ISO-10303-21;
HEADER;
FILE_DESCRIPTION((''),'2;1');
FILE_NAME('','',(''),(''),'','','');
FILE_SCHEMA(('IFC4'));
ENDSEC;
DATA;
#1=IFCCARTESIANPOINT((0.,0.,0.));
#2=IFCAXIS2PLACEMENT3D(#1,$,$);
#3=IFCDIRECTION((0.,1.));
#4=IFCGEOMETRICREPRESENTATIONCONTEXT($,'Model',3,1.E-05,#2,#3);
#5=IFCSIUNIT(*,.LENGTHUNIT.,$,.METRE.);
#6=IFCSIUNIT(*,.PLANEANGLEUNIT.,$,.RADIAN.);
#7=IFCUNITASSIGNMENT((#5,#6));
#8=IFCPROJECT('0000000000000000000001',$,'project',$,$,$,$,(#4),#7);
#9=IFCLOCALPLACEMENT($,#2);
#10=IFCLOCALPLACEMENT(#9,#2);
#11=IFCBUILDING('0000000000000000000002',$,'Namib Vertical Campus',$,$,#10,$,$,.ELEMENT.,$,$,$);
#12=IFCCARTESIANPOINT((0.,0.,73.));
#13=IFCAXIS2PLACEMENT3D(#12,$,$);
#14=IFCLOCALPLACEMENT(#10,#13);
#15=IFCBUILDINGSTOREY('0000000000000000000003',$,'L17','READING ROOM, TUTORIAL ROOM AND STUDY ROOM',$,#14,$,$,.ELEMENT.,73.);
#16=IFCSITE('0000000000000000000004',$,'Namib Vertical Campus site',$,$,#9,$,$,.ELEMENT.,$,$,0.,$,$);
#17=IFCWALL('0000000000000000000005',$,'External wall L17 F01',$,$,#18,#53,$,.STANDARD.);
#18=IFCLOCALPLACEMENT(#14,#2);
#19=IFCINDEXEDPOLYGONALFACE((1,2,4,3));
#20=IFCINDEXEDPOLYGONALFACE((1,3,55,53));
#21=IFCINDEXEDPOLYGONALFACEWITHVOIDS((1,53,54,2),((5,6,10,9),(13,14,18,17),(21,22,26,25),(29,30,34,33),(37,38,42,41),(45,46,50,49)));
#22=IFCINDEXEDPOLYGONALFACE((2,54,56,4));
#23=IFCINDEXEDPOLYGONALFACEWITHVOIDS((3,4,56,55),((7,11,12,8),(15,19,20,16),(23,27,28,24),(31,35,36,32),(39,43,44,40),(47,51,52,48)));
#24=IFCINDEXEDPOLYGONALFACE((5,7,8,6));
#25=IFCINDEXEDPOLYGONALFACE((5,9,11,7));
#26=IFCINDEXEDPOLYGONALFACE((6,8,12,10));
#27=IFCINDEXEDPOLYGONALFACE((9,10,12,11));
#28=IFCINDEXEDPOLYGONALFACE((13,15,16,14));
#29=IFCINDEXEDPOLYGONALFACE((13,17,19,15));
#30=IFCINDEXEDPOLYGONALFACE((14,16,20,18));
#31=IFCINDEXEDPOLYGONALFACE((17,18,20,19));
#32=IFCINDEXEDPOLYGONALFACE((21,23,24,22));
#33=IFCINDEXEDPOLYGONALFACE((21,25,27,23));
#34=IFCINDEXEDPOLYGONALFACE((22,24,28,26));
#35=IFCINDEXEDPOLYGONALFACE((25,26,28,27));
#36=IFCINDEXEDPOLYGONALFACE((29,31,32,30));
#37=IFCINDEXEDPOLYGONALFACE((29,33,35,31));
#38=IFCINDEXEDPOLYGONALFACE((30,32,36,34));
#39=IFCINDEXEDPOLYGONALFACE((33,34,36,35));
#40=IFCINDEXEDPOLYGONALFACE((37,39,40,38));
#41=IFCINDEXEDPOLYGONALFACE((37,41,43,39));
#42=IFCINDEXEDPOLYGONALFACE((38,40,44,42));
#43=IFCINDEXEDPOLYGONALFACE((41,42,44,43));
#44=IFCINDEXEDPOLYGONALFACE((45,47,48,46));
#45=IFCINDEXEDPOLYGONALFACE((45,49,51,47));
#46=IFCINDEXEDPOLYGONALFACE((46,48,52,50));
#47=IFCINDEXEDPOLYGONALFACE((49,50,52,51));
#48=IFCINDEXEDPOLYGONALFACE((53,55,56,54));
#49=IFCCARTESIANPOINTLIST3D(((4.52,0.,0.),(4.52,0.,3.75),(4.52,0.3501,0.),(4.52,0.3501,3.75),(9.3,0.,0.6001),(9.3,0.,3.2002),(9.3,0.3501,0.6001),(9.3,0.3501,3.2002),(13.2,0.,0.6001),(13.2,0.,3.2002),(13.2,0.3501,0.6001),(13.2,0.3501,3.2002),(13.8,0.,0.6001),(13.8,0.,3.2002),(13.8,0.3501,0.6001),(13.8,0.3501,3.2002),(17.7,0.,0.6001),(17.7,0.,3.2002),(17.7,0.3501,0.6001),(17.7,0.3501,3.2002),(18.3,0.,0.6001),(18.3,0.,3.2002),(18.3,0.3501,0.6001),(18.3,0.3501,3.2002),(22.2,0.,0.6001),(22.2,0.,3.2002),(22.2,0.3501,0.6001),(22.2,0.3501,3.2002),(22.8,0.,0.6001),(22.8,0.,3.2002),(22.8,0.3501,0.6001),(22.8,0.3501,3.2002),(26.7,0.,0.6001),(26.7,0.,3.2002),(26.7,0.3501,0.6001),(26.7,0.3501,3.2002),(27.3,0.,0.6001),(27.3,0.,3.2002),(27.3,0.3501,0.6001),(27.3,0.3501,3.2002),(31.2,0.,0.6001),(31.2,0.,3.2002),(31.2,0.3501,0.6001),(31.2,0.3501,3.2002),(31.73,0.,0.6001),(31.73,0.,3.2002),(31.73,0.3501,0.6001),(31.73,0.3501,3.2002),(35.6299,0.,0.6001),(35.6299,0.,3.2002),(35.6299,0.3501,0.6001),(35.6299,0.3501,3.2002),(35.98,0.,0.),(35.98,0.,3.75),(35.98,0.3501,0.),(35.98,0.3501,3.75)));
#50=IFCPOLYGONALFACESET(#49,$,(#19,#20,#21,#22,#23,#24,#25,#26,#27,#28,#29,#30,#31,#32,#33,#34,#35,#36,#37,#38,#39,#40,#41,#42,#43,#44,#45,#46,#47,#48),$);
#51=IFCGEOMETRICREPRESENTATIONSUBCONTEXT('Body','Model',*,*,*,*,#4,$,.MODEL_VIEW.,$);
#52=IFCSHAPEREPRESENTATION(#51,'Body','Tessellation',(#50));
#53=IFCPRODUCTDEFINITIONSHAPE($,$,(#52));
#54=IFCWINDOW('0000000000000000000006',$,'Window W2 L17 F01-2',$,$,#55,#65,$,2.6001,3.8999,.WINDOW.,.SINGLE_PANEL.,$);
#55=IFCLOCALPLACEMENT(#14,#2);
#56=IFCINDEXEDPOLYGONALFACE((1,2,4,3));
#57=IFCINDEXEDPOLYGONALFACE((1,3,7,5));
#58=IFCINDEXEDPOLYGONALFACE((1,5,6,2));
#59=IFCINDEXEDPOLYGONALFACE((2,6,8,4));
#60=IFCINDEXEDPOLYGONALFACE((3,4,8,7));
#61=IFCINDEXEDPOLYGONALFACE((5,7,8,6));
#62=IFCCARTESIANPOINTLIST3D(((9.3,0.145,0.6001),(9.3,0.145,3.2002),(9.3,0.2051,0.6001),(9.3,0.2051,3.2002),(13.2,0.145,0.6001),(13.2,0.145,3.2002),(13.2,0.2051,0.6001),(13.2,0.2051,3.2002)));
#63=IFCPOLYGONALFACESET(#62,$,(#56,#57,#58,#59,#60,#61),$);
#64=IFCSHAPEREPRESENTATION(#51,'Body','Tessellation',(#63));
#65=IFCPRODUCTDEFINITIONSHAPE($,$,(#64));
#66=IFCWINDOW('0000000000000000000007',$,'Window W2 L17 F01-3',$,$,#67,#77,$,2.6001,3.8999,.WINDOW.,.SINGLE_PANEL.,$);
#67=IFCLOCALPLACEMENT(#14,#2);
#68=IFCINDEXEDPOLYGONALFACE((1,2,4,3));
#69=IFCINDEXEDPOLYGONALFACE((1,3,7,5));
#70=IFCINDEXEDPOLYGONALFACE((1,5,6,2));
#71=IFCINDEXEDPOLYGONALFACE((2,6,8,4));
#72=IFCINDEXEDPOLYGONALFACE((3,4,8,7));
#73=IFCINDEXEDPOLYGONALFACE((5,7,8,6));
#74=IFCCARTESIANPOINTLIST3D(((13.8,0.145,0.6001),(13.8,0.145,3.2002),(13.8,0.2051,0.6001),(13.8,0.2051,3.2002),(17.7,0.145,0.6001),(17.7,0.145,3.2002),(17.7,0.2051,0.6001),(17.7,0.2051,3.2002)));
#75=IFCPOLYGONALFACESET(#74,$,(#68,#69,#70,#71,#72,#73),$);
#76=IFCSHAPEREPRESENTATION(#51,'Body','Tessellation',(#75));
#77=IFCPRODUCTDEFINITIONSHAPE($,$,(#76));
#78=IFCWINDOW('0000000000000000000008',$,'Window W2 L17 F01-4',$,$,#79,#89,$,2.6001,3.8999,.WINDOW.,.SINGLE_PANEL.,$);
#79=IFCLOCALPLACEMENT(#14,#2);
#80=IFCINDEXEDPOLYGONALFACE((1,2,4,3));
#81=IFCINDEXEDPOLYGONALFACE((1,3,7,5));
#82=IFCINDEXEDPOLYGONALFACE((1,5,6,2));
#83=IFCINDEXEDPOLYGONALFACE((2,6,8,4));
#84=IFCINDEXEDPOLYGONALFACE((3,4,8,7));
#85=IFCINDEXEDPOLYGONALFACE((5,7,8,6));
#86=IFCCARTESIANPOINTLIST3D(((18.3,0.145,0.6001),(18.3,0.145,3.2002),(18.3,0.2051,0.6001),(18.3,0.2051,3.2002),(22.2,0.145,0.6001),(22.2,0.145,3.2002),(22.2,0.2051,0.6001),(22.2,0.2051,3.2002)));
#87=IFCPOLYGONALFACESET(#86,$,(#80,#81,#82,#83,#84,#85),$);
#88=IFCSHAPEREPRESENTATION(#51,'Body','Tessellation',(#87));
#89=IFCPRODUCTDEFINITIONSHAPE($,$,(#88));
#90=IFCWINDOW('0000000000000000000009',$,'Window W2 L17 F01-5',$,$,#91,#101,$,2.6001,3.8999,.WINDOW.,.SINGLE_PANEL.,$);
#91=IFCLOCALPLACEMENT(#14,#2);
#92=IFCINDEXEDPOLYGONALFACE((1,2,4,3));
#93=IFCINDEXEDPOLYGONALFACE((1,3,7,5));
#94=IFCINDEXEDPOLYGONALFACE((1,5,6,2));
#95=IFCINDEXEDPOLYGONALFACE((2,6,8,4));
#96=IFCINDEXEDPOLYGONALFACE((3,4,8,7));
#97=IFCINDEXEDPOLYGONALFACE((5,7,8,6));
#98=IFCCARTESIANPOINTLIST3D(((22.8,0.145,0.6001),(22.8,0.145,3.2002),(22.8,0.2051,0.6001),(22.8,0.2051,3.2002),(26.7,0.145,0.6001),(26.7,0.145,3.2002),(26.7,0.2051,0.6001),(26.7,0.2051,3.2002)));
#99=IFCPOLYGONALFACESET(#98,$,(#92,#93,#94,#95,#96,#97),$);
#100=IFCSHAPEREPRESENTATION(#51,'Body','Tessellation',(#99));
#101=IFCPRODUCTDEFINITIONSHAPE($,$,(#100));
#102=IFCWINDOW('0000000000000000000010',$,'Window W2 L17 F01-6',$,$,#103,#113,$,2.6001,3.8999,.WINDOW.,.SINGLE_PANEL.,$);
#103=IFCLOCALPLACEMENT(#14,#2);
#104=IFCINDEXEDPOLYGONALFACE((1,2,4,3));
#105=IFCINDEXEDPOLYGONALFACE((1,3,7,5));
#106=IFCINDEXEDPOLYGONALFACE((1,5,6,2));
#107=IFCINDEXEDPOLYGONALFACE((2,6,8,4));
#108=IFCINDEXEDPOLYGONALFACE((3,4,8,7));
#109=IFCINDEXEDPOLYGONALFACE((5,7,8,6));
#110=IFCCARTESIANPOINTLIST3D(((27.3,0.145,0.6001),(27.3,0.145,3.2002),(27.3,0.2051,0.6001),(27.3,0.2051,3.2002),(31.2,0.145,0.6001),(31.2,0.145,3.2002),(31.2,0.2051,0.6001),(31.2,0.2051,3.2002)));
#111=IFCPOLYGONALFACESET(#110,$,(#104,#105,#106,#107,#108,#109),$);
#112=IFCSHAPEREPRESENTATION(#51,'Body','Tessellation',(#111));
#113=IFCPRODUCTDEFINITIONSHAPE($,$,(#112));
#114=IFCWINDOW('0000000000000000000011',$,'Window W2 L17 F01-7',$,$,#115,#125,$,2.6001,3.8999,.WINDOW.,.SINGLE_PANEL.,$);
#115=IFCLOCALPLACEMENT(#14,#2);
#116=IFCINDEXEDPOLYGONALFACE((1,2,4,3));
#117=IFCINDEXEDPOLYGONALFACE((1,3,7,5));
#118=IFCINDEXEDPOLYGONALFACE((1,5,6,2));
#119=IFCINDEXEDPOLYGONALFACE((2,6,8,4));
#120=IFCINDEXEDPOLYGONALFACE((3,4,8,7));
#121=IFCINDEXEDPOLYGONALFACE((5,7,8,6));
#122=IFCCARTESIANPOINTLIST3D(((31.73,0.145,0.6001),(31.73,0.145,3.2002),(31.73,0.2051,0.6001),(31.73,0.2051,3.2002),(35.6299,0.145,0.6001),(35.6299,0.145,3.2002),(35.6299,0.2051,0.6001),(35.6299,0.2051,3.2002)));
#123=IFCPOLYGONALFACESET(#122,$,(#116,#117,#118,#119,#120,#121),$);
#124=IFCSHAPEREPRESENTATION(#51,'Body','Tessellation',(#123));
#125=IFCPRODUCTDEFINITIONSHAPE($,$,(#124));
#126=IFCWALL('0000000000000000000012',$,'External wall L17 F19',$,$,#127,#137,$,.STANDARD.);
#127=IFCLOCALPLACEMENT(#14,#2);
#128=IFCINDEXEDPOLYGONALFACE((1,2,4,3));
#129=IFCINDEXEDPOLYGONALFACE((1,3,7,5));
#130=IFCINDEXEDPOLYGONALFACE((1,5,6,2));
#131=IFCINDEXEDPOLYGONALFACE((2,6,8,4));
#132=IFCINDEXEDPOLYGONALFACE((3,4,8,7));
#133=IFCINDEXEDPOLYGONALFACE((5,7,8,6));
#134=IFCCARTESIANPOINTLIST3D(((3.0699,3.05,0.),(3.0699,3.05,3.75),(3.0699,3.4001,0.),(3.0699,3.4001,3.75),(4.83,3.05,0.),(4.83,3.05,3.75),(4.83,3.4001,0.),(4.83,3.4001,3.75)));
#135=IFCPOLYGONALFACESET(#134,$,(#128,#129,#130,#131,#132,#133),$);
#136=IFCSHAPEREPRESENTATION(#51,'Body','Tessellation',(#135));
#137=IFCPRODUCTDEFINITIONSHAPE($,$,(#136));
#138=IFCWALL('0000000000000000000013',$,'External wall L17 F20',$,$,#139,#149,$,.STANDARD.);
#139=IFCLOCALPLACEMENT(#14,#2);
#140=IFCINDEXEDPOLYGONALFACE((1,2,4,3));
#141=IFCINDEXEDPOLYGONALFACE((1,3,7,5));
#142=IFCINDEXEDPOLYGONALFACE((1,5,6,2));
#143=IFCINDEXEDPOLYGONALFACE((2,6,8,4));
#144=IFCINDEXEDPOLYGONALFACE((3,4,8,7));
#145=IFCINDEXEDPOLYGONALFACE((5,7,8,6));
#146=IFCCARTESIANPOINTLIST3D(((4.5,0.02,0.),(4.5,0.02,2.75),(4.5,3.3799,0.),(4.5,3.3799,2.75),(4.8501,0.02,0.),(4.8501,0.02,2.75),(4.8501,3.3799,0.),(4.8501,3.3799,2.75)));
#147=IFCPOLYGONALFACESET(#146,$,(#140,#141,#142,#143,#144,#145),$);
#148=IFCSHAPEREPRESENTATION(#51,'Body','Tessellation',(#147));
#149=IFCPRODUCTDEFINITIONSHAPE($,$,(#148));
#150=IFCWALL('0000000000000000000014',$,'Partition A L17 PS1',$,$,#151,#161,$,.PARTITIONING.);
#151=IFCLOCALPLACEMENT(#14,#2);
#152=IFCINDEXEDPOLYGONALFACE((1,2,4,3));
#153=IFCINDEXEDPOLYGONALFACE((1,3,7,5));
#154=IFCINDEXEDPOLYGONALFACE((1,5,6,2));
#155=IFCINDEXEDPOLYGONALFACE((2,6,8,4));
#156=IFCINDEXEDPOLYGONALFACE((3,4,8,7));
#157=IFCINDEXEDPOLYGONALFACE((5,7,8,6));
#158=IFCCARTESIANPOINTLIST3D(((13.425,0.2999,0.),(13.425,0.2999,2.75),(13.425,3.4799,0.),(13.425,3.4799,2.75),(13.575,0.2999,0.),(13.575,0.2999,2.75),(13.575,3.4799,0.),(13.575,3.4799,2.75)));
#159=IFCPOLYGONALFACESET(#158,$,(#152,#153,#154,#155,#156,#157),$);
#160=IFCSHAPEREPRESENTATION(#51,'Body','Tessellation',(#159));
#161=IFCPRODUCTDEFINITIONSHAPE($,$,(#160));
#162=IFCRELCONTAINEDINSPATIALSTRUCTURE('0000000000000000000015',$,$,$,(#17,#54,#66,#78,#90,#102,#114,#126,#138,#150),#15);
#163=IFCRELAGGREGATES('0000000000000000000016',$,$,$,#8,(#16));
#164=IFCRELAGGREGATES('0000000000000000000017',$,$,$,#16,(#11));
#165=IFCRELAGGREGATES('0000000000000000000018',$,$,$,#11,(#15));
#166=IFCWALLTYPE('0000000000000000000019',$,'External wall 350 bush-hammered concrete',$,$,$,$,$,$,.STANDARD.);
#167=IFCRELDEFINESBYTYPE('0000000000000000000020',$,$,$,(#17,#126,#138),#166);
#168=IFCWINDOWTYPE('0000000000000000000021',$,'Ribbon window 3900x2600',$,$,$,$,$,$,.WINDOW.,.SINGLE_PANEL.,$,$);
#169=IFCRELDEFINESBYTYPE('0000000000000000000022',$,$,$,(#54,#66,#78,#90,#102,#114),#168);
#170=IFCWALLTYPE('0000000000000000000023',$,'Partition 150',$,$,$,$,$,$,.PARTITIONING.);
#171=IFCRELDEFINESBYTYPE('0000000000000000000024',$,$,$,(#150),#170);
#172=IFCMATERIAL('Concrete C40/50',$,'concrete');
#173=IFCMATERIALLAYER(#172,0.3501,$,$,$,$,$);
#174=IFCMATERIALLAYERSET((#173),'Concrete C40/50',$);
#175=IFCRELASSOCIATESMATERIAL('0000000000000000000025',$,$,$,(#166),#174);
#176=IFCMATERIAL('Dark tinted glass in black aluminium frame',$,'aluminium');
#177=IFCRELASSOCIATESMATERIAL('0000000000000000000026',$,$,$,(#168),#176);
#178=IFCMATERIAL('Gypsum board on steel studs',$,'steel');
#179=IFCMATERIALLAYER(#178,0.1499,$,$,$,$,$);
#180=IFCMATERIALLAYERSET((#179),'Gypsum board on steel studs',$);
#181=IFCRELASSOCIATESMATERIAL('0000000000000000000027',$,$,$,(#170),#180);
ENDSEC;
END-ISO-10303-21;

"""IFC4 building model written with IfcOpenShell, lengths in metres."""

from ifc_helpers import new_model, si_unit, direction, frame, frame_2d, origin, place, context, subcontext, project, spatial, rectangle, extrude, material, layer, layer_set, type_object, element, fill, save


model = new_model("IFC4")

# Units and contexts
model_context = context("Model", 3, precision=1e-05, world=origin(), true_north=direction((0.0, 1.0)))
body_context = subcontext(model_context, "Body", "Model", "MODEL_VIEW")
ifc_project = project(units=[si_unit("LENGTHUNIT", "METRE"), si_unit("PLANEANGLEUNIT", "RADIAN")], contexts=[model_context])

# Site, building, storey
site_placement = place(None, origin())
site = spatial("IfcSite", under=ifc_project, at=site_placement, Name="Namib Vertical Campus site", CompositionType="ELEMENT", RefElevation=0.0)
building_placement = place(site_placement, origin())
building = spatial("IfcBuilding", under=site, at=building_placement, Name="Namib Vertical Campus", CompositionType="ELEMENT")
storey_placement = place(building_placement, frame((0.0, 0.0, 73.0)))
storey = spatial("IfcBuildingStorey", under=building, at=storey_placement, Name="L17", Description="READING ROOM, TUTORIAL ROOM AND STUDY ROOM", CompositionType="ELEMENT", Elevation=73.0)

# Wall, openings, windows
ifc_material_1 = material(Name="Concrete C40/50", Category="concrete")
ifc_layer_1 = layer(ifc_material_1, 0.3501)
ifc_layer_set_1 = layer_set([ifc_layer_1], Name="Concrete C40/50")
wall_type_1 = type_object("IfcWallType", Name="External wall 350 bush-hammered concrete", PredefinedType="STANDARD", material=ifc_layer_set_1)
wall_1_placement = place(storey_placement, frame((4.52, 0.175, 0.0), z_axis=(0.0, 0.0, 1.0), x_axis=(1.0, 0.0, 0.0)))
wall_1 = element("IfcWall", 1, at=wall_1_placement, inside=storey, type_object=wall_type_1, Name="External wall L17 F01", PredefinedType="STANDARD", context=body_context, shape_type="SweptSolid", body=[
    extrude(rectangle(XDim=31.46, YDim=0.3501, at=frame_2d((15.73, 0.0))), origin(), (0.0, 0.0, 1.0), 3.75),
])
opening_1_placement = place(wall_1_placement, frame((4.78, 0.0, 0.6001)))
opening_1 = element("IfcOpeningElement", 2, at=opening_1_placement, cuts=wall_1, PredefinedType="OPENING", context=body_context, shape_type="SweptSolid", body=[
    extrude(rectangle(XDim=3.8999, YDim=2.6001, at=frame_2d((1.95, 1.3))), frame((0.0, 0.1851, 0.0), z_axis=(0.0, -1.0, 0.0), x_axis=(1.0, 0.0, 0.0)), (0.0, 0.0, 1.0), 0.3701),
])
opening_2_placement = place(wall_1_placement, frame((9.28, 0.0, 0.6001)))
opening_2 = element("IfcOpeningElement", 3, at=opening_2_placement, cuts=wall_1, PredefinedType="OPENING", context=body_context, shape_type="SweptSolid", body=[
    extrude(rectangle(XDim=3.8999, YDim=2.6001, at=frame_2d((1.95, 1.3))), frame((0.0, 0.1851, 0.0), z_axis=(0.0, -1.0, 0.0), x_axis=(1.0, 0.0, 0.0)), (0.0, 0.0, 1.0), 0.3701),
])
opening_3_placement = place(wall_1_placement, frame((13.78, 0.0, 0.6001)))
opening_3 = element("IfcOpeningElement", 4, at=opening_3_placement, cuts=wall_1, PredefinedType="OPENING", context=body_context, shape_type="SweptSolid", body=[
    extrude(rectangle(XDim=3.8999, YDim=2.6001, at=frame_2d((1.95, 1.3))), frame((0.0, 0.1851, 0.0), z_axis=(0.0, -1.0, 0.0), x_axis=(1.0, 0.0, 0.0)), (0.0, 0.0, 1.0), 0.3701),
])
opening_4_placement = place(wall_1_placement, frame((18.28, 0.0, 0.6001)))
opening_4 = element("IfcOpeningElement", 5, at=opening_4_placement, cuts=wall_1, PredefinedType="OPENING", context=body_context, shape_type="SweptSolid", body=[
    extrude(rectangle(XDim=3.8999, YDim=2.6001, at=frame_2d((1.95, 1.3))), frame((0.0, 0.1851, 0.0), z_axis=(0.0, -1.0, 0.0), x_axis=(1.0, 0.0, 0.0)), (0.0, 0.0, 1.0), 0.3701),
])
opening_5_placement = place(wall_1_placement, frame((22.78, 0.0, 0.6001)))
opening_5 = element("IfcOpeningElement", 6, at=opening_5_placement, cuts=wall_1, PredefinedType="OPENING", context=body_context, shape_type="SweptSolid", body=[
    extrude(rectangle(XDim=3.8999, YDim=2.6001, at=frame_2d((1.95, 1.3))), frame((0.0, 0.1851, 0.0), z_axis=(0.0, -1.0, 0.0), x_axis=(1.0, 0.0, 0.0)), (0.0, 0.0, 1.0), 0.3701),
])
opening_6_placement = place(wall_1_placement, frame((27.21, 0.0, 0.6001)))
opening_6 = element("IfcOpeningElement", 7, at=opening_6_placement, cuts=wall_1, PredefinedType="OPENING", context=body_context, shape_type="SweptSolid", body=[
    extrude(rectangle(XDim=3.8999, YDim=2.6001, at=frame_2d((1.95, 1.3))), frame((0.0, 0.1851, 0.0), z_axis=(0.0, -1.0, 0.0), x_axis=(1.0, 0.0, 0.0)), (0.0, 0.0, 1.0), 0.3701),
])
ifc_material_2 = material(Name="Dark tinted glass in black aluminium frame", Category="aluminium")
window_type = type_object("IfcWindowType", Name="Ribbon window 3900x2600", PartitioningType="SINGLE_PANEL", PredefinedType="WINDOW", material=ifc_material_2)
window_1_placement = place(opening_1_placement, origin())
window_1 = element("IfcWindow", 8, at=window_1_placement, inside=storey, type_object=window_type, Name="Window W2 L17 F01-2", OverallHeight=2.6001, OverallWidth=3.8999, PartitioningType="SINGLE_PANEL", PredefinedType="WINDOW", context=body_context, shape_type="SweptSolid", body=[
    extrude(rectangle(XDim=3.8999, YDim=2.6001, at=frame_2d((1.95, 1.3))), frame((0.0, 0.03, 0.0), z_axis=(0.0, -1.0, 0.0), x_axis=(1.0, 0.0, 0.0)), (0.0, 0.0, 1.0), 0.0601),
])
fill(opening_1, window_1)
window_2_placement = place(opening_2_placement, origin())
window_2 = element("IfcWindow", 9, at=window_2_placement, inside=storey, type_object=window_type, Name="Window W2 L17 F01-3", OverallHeight=2.6001, OverallWidth=3.8999, PartitioningType="SINGLE_PANEL", PredefinedType="WINDOW", context=body_context, shape_type="SweptSolid", body=[
    extrude(rectangle(XDim=3.8999, YDim=2.6001, at=frame_2d((1.95, 1.3))), frame((0.0, 0.03, 0.0), z_axis=(0.0, -1.0, 0.0), x_axis=(1.0, 0.0, 0.0)), (0.0, 0.0, 1.0), 0.0601),
])
fill(opening_2, window_2)
window_3_placement = place(opening_3_placement, origin())
window_3 = element("IfcWindow", 10, at=window_3_placement, inside=storey, type_object=window_type, Name="Window W2 L17 F01-4", OverallHeight=2.6001, OverallWidth=3.8999, PartitioningType="SINGLE_PANEL", PredefinedType="WINDOW", context=body_context, shape_type="SweptSolid", body=[
    extrude(rectangle(XDim=3.8999, YDim=2.6001, at=frame_2d((1.95, 1.3))), frame((0.0, 0.03, 0.0), z_axis=(0.0, -1.0, 0.0), x_axis=(1.0, 0.0, 0.0)), (0.0, 0.0, 1.0), 0.0601),
])
fill(opening_3, window_3)
window_4_placement = place(opening_4_placement, origin())
window_4 = element("IfcWindow", 11, at=window_4_placement, inside=storey, type_object=window_type, Name="Window W2 L17 F01-5", OverallHeight=2.6001, OverallWidth=3.8999, PartitioningType="SINGLE_PANEL", PredefinedType="WINDOW", context=body_context, shape_type="SweptSolid", body=[
    extrude(rectangle(XDim=3.8999, YDim=2.6001, at=frame_2d((1.95, 1.3))), frame((0.0, 0.03, 0.0), z_axis=(0.0, -1.0, 0.0), x_axis=(1.0, 0.0, 0.0)), (0.0, 0.0, 1.0), 0.0601),
])
fill(opening_4, window_4)
window_5_placement = place(opening_5_placement, origin())
window_5 = element("IfcWindow", 12, at=window_5_placement, inside=storey, type_object=window_type, Name="Window W2 L17 F01-6", OverallHeight=2.6001, OverallWidth=3.8999, PartitioningType="SINGLE_PANEL", PredefinedType="WINDOW", context=body_context, shape_type="SweptSolid", body=[
    extrude(rectangle(XDim=3.8999, YDim=2.6001, at=frame_2d((1.95, 1.3))), frame((0.0, 0.03, 0.0), z_axis=(0.0, -1.0, 0.0), x_axis=(1.0, 0.0, 0.0)), (0.0, 0.0, 1.0), 0.0601),
])
fill(opening_5, window_5)
window_6_placement = place(opening_6_placement, origin())
window_6 = element("IfcWindow", 13, at=window_6_placement, inside=storey, type_object=window_type, Name="Window W2 L17 F01-7", OverallHeight=2.6001, OverallWidth=3.8999, PartitioningType="SINGLE_PANEL", PredefinedType="WINDOW", context=body_context, shape_type="SweptSolid", body=[
    extrude(rectangle(XDim=3.8999, YDim=2.6001, at=frame_2d((1.95, 1.3))), frame((0.0, 0.03, 0.0), z_axis=(0.0, -1.0, 0.0), x_axis=(1.0, 0.0, 0.0)), (0.0, 0.0, 1.0), 0.0601),
])
fill(opening_6, window_6)

# Walls
wall_2_placement = place(storey_placement, frame((3.0701, 3.2251, 0.0), z_axis=(0.0, 0.0, 1.0), x_axis=(1.0, 0.0, 0.0)))
element("IfcWall", 14, at=wall_2_placement, inside=storey, type_object=wall_type_1, Name="External wall L17 F19", PredefinedType="STANDARD", context=body_context, shape_type="SweptSolid", body=[
    extrude(rectangle(XDim=1.76, YDim=0.3501, at=frame_2d((0.8799, 0.0))), origin(), (0.0, 0.0, 1.0), 3.75),
])
wall_3_placement = place(storey_placement, frame((4.675, 3.3799, 0.0), z_axis=(0.0, 0.0, 1.0), x_axis=(0.0, -1.0, 0.0)))
element("IfcWall", 15, at=wall_3_placement, inside=storey, type_object=wall_type_1, Name="External wall L17 F20", PredefinedType="STANDARD", context=body_context, shape_type="SweptSolid", body=[
    extrude(rectangle(XDim=3.3599, YDim=0.3501, at=frame_2d((1.6799, 0.0))), origin(), (0.0, 0.0, 1.0), 2.75),
])
ifc_material_3 = material(Name="Gypsum board on steel studs", Category="steel")
ifc_layer_2 = layer(ifc_material_3, 0.1499)
ifc_layer_set_2 = layer_set([ifc_layer_2], Name="Gypsum board on steel studs")
wall_type_2 = type_object("IfcWallType", Name="Partition 150", PredefinedType="PARTITIONING", material=ifc_layer_set_2)
wall_4_placement = place(storey_placement, frame((13.5, 0.3, 0.0), z_axis=(0.0, 0.0, 1.0), x_axis=(0.0, 1.0, 0.0)))
element("IfcWall", 16, at=wall_4_placement, inside=storey, type_object=wall_type_2, Name="Partition A L17 PS1", PredefinedType="PARTITIONING", context=body_context, shape_type="SweptSolid", body=[
    extrude(rectangle(XDim=3.1799, YDim=0.1499, at=frame_2d((1.5898, 0.0))), origin(), (0.0, 0.0, 1.0), 2.75),
])

save(model, "model.ifc")
